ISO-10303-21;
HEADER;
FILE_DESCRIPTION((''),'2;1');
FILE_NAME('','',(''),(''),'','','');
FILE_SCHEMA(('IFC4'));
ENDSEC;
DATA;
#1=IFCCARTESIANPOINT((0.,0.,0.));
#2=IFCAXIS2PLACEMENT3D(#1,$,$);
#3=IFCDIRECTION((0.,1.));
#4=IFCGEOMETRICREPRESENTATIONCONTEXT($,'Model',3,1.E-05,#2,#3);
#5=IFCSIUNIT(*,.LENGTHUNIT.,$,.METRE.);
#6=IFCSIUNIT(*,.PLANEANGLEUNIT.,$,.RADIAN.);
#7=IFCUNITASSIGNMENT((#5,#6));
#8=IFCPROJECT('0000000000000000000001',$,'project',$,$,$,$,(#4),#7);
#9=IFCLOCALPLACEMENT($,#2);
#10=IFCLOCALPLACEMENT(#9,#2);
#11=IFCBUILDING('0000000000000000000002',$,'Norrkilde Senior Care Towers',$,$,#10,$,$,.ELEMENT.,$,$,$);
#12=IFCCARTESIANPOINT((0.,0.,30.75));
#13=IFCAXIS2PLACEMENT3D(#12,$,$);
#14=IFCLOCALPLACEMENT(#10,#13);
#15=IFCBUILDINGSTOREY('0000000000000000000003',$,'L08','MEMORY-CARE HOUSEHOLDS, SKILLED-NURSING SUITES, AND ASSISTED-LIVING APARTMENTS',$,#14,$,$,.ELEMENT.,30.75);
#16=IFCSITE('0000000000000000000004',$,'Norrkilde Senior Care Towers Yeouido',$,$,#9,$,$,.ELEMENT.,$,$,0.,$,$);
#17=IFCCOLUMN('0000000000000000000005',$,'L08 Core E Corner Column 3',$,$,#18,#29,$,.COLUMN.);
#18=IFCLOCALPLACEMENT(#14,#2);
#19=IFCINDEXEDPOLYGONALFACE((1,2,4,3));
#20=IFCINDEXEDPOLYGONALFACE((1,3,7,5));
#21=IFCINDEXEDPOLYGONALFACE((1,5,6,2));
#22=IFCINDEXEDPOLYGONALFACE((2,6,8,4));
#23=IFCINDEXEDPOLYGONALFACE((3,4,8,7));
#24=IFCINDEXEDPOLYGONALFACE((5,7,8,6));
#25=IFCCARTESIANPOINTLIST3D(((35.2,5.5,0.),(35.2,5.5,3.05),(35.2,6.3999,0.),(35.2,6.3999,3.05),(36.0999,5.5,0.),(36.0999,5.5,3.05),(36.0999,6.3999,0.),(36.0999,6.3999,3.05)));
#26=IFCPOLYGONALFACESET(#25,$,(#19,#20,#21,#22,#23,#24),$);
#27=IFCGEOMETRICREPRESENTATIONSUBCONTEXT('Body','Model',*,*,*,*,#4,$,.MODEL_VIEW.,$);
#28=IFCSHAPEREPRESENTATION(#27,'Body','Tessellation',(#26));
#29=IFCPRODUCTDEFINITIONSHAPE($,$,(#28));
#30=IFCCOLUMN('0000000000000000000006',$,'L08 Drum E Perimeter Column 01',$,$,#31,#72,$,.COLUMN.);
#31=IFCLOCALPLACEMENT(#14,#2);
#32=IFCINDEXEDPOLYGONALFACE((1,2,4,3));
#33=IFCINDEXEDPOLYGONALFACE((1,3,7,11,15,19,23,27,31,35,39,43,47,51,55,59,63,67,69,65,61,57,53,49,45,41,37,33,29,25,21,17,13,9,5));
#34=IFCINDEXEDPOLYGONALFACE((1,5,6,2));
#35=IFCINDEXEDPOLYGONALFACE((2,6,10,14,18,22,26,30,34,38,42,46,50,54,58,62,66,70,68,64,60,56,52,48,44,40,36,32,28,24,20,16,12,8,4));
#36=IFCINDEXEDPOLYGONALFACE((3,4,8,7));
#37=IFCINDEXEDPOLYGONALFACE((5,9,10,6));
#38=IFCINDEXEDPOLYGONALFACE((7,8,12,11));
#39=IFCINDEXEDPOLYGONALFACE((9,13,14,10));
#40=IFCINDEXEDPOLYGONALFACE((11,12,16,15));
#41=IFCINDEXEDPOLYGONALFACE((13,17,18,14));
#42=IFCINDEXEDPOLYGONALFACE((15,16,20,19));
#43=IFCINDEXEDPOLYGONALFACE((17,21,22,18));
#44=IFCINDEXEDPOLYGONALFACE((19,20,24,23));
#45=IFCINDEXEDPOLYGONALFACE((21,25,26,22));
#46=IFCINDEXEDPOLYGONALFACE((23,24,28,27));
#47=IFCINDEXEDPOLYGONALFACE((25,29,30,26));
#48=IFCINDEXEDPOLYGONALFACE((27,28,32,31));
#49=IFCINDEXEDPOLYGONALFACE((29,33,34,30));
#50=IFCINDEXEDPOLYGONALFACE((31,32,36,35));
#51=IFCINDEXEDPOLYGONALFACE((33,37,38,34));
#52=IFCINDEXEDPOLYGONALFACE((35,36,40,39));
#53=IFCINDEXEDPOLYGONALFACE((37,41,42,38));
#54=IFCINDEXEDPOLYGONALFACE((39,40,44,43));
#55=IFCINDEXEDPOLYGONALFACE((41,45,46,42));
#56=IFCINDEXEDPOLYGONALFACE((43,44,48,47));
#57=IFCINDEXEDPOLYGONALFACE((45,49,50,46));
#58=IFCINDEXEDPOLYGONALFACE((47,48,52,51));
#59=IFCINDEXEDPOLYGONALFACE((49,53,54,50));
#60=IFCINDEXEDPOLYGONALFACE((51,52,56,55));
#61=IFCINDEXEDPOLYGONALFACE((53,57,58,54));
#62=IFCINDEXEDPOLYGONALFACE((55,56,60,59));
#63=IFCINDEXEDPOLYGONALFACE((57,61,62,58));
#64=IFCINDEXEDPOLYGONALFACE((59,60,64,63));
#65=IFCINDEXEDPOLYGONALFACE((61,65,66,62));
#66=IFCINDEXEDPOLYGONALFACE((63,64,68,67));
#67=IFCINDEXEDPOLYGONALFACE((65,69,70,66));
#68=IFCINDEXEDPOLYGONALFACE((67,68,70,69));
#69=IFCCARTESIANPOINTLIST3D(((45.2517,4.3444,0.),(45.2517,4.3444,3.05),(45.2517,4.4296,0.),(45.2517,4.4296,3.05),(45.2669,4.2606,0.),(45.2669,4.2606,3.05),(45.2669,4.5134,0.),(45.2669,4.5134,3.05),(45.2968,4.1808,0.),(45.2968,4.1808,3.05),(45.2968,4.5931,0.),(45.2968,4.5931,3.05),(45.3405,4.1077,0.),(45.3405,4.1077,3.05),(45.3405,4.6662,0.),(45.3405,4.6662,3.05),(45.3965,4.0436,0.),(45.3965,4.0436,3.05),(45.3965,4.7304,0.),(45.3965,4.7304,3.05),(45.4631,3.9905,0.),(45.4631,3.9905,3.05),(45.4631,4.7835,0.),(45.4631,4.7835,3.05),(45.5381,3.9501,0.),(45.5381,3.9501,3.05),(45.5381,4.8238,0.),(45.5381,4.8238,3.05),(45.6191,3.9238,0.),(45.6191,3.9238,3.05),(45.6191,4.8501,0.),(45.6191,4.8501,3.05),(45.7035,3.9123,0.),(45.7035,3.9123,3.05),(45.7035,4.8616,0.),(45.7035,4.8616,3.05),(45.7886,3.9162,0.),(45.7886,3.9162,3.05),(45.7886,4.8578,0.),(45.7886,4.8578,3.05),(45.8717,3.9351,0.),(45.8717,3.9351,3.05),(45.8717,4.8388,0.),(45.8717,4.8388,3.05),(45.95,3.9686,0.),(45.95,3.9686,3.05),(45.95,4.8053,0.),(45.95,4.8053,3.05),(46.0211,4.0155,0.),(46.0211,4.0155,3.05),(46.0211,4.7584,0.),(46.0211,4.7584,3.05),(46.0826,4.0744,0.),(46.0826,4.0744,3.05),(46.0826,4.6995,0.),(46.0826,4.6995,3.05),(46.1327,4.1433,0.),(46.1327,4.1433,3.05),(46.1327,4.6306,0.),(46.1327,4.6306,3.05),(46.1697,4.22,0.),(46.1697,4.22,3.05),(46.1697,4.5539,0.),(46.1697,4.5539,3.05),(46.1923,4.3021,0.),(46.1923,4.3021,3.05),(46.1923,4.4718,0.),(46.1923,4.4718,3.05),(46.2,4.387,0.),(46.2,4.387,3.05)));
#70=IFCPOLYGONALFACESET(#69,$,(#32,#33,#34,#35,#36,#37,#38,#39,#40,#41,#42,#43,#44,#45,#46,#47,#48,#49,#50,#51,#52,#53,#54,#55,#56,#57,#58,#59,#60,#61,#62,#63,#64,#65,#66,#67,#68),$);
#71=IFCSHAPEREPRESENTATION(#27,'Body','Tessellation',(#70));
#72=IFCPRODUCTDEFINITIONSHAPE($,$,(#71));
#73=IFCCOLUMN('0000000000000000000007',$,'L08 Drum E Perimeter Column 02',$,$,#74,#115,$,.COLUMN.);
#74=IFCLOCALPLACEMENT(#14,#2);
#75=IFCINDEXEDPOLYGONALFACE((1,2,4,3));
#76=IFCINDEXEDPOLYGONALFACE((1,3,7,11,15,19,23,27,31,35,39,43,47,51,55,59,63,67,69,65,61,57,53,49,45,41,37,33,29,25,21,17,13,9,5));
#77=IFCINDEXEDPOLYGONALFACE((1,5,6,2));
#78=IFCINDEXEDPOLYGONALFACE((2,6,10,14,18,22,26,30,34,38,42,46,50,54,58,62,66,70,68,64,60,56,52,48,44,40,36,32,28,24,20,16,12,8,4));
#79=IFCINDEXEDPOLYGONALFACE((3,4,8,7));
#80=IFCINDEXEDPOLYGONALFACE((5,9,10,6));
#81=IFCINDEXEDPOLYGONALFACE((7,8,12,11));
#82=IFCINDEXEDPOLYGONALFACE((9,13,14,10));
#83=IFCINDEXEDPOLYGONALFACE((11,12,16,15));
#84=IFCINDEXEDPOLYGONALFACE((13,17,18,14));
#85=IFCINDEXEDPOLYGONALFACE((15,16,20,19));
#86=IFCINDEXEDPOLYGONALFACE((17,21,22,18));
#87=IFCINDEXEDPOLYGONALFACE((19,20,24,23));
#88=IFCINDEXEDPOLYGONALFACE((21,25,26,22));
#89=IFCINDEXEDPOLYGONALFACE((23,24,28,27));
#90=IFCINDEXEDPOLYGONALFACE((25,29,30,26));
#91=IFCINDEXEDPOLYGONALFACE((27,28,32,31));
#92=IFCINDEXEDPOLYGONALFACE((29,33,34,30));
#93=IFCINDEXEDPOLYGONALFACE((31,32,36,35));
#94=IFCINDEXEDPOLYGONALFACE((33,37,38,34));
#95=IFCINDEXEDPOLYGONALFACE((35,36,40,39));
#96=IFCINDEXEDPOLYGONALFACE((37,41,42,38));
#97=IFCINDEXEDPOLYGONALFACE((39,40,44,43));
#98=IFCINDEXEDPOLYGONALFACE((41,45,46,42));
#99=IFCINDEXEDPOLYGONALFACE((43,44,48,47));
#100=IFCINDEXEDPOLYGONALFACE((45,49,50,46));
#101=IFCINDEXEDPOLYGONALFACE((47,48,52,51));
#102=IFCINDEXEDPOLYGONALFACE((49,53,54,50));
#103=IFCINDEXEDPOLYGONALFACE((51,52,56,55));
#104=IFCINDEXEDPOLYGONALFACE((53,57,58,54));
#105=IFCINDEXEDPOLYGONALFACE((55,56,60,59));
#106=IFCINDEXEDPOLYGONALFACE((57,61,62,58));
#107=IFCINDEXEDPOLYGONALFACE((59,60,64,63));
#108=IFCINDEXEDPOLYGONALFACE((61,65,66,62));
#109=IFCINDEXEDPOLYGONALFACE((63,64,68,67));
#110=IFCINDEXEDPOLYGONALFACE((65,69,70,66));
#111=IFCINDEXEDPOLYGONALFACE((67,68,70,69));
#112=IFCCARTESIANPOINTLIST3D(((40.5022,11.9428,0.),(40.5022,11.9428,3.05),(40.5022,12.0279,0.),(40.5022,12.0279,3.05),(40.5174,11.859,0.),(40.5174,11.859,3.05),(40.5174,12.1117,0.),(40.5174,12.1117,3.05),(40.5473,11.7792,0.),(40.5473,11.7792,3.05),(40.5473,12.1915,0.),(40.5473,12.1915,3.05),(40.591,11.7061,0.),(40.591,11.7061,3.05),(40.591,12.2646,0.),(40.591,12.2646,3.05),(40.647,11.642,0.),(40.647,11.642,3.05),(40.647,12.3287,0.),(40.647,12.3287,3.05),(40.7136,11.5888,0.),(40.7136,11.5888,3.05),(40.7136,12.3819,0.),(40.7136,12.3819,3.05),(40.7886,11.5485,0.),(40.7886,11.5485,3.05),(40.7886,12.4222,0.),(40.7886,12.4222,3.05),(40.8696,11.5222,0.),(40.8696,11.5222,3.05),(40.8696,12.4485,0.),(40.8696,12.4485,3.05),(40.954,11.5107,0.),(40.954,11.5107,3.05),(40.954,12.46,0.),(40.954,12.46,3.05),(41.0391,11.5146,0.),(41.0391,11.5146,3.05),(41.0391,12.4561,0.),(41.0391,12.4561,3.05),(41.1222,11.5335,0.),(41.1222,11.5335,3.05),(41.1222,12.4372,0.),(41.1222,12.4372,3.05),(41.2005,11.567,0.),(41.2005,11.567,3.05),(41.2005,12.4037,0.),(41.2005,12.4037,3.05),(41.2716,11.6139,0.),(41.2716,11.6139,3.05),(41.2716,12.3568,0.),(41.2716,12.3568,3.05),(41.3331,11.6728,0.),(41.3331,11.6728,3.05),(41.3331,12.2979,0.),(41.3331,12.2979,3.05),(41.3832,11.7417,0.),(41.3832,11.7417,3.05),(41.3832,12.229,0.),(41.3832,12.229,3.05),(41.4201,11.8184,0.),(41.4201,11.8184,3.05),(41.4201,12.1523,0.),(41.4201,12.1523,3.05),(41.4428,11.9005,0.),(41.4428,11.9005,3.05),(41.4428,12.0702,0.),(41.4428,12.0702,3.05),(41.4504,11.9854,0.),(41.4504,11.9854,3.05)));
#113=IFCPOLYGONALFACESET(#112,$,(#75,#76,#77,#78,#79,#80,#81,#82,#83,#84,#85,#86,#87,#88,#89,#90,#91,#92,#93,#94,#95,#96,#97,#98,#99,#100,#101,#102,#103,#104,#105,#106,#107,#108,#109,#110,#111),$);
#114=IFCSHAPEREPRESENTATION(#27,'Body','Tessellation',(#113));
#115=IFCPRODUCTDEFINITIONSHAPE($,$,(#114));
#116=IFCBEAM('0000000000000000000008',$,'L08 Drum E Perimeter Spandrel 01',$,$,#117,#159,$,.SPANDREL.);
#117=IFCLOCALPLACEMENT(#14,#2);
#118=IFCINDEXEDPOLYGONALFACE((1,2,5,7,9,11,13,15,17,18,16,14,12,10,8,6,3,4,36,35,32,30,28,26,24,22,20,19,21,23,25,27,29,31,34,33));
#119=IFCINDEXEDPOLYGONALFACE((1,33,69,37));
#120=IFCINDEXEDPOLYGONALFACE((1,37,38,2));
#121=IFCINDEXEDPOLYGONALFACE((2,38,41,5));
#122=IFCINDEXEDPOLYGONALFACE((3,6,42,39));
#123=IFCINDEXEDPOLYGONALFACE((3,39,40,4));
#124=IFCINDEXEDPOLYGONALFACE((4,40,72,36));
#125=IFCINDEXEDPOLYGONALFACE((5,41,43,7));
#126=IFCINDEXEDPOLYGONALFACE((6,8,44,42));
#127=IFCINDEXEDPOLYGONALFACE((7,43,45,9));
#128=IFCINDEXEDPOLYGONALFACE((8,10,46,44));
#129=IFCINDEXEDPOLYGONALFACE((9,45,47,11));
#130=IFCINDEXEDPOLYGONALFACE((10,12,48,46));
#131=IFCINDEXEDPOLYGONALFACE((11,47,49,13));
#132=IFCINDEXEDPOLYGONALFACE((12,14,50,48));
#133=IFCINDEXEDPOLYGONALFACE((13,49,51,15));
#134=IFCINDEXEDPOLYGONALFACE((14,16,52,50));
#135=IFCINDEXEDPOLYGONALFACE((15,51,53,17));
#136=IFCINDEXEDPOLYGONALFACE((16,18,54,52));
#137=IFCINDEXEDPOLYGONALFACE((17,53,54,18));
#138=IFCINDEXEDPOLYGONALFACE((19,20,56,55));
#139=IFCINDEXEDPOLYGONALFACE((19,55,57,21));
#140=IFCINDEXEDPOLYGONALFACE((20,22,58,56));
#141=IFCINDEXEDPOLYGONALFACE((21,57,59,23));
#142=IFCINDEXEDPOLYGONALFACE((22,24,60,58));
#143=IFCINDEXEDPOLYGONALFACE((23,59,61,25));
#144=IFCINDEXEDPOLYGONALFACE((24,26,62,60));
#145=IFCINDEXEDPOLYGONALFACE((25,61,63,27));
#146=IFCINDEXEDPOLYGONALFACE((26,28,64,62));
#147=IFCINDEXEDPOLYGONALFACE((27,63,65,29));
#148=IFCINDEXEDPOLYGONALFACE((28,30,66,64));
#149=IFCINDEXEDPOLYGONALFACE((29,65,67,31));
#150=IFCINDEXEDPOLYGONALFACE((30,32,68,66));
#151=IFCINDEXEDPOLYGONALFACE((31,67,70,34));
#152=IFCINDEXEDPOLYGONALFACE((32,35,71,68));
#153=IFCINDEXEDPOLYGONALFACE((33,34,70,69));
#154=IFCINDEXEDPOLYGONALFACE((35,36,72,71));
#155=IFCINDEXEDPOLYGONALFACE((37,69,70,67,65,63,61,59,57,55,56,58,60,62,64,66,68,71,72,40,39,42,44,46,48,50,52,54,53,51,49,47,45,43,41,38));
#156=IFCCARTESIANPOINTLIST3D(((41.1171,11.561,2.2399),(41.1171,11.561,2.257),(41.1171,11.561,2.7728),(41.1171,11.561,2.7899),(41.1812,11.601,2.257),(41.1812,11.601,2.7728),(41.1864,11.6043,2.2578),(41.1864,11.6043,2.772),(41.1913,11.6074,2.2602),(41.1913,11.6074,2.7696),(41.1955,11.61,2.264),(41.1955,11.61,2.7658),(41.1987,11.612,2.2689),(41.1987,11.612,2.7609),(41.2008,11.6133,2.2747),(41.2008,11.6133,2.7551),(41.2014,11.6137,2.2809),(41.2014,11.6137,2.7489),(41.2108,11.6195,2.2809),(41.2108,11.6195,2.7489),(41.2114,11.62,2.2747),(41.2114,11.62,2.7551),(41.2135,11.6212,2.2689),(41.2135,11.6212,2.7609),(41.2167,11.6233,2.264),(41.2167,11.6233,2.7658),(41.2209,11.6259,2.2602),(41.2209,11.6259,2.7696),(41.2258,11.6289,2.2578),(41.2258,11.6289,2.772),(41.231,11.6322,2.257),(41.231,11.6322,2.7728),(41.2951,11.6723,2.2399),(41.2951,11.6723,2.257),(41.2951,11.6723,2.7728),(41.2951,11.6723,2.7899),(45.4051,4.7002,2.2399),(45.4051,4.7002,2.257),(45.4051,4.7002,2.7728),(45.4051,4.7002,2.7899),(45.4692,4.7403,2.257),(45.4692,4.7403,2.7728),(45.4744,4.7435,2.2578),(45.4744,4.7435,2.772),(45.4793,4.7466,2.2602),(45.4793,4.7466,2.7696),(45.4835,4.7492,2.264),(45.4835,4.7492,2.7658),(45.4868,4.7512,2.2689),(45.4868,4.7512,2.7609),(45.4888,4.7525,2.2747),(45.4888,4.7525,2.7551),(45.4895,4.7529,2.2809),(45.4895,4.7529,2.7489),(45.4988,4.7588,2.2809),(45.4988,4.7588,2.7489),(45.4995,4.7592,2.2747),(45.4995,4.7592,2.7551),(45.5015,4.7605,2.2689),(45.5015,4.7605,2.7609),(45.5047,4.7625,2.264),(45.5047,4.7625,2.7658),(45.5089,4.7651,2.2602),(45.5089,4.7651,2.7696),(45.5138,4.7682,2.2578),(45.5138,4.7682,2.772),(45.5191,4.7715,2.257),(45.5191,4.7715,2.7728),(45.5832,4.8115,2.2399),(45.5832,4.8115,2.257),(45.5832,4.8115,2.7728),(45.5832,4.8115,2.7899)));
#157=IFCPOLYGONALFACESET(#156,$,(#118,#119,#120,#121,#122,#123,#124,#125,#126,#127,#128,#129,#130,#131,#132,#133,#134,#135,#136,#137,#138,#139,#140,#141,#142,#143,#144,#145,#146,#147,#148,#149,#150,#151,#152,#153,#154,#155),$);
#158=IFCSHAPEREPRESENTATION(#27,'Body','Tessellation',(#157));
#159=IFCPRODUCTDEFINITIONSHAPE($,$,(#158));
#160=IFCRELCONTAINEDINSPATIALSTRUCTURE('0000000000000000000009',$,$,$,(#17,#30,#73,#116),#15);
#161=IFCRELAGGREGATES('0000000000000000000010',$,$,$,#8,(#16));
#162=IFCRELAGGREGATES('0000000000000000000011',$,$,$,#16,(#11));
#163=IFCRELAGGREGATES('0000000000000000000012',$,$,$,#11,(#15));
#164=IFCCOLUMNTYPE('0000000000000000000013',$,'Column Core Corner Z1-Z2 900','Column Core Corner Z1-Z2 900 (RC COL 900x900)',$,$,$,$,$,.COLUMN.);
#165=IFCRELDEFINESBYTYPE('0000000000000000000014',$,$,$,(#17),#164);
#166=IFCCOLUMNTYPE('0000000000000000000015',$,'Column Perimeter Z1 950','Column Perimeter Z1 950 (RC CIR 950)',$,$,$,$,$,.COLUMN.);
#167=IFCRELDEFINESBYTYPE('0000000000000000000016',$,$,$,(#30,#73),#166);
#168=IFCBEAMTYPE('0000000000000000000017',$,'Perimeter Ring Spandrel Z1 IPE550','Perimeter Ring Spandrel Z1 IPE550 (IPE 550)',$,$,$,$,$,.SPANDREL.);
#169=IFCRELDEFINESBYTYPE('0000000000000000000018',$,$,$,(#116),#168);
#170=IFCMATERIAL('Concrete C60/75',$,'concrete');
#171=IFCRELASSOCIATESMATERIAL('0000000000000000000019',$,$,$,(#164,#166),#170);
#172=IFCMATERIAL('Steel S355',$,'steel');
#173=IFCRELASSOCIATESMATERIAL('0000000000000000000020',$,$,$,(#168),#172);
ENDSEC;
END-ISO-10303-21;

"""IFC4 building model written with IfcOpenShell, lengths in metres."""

from ifc_helpers import new_model, si_unit, direction, frame, origin, origin_2d, place, context, subcontext, project, spatial, rectangle, circle, i_section, extrude, source, transform, mapped, material, material_profile, profile_set, type_object, type_shapes, element, save


model = new_model("IFC4")

# Units and contexts
model_context = context("Model", 3, precision=1e-05, world=origin(), true_north=direction((0.0, 1.0)))
body_context = subcontext(model_context, "Body", "Model", "MODEL_VIEW")
ifc_project = project(units=[si_unit("LENGTHUNIT", "METRE"), si_unit("PLANEANGLEUNIT", "RADIAN")], contexts=[model_context])

# Site, building, storey
site_placement = place(None, origin())
site = spatial("IfcSite", under=ifc_project, at=site_placement, Name="Norrkilde Senior Care Towers Yeouido", CompositionType="ELEMENT", RefElevation=0.0)
building_placement = place(site_placement, origin())
building = spatial("IfcBuilding", under=site, at=building_placement, Name="Norrkilde Senior Care Towers", CompositionType="ELEMENT")
storey_placement = place(building_placement, frame((0.0, 0.0, 30.75)))
storey = spatial("IfcBuildingStorey", under=building, at=storey_placement, Name="L08", Description="MEMORY-CARE HOUSEHOLDS, SKILLED-NURSING SUITES, AND ASSISTED-LIVING APARTMENTS", CompositionType="ELEMENT", Elevation=30.75)

# Columns
ifc_material_1 = material(Name="Concrete C60/75", Category="concrete")
ifc_material_profile_1 = material_profile(ifc_material_1, rectangle(XDim=0.8999, YDim=0.8999, at=origin_2d()), Name="RC COL 900x900")
ifc_profile_set_1 = profile_set([ifc_material_profile_1], Name="Concrete C60/75")
column_type_1 = type_object("IfcColumnType", Name="Column Core Corner Z1-Z2 900", Description="Column Core Corner Z1-Z2 900 (RC COL 900x900)", PredefinedType="COLUMN", material=ifc_profile_set_1)
shared_shape_1 = source(origin(), body_context, "Body", "SweptSolid", [
    extrude(rectangle(XDim=0.8999, YDim=0.8999, at=origin_2d()), origin(), (0.0, 0.0, 1.0), 3.05),
])
type_shapes(column_type_1, [shared_shape_1])
column_placement = place(storey_placement, frame((35.6499, 5.95, 0.0), z_axis=(0.0, 0.0, 1.0), x_axis=(1.0, 0.0, 0.0)))
element("IfcColumn", 1, at=column_placement, inside=storey, type_object=column_type_1, Name="L08 Core E Corner Column 3", PredefinedType="COLUMN", context=body_context, shape_type="MappedRepresentation", body=[
    mapped(shared_shape_1, transform((0.0, 0.0, 0.0), x_axis=(1.0, 0.0, 0.0), y_axis=(0.0, 1.0, 0.0), z_axis=(0.0, 0.0, 1.0), scale=1.0)),
])
ifc_material_profile_2 = material_profile(ifc_material_1, circle(Radius=0.4751, at=origin_2d()), Name="RC CIR 950")
ifc_profile_set_2 = profile_set([ifc_material_profile_2], Name="Concrete C60/75")
column_type_2 = type_object("IfcColumnType", Name="Column Perimeter Z1 950", Description="Column Perimeter Z1 950 (RC CIR 950)", PredefinedType="COLUMN", material=ifc_profile_set_2)
shared_shape_2 = source(origin(), body_context, "Body", "SweptSolid", [
    extrude(circle(Radius=0.4751, at=origin_2d()), origin(), (0.0, 0.0, 1.0), 3.05),
])
type_shapes(column_type_2, [shared_shape_2])
for number, where, z_axis, x_axis, name in (
    (2, (45.7249, 4.387, 0.0), (0.0, 0.0, 1.0), (1.0, 0.0, 0.0), "L08 Drum E Perimeter Column 01"),
    (3, (40.9753, 11.9854, 0.0), (0.0, 0.0, 1.0), (1.0, 0.0, 0.0), "L08 Drum E Perimeter Column 02"),
):
    element("IfcColumn", number, at=place(storey_placement, frame(where, z_axis=z_axis, x_axis=x_axis)), inside=storey, type_object=column_type_2, Name=name, PredefinedType="COLUMN", context=body_context, shape_type="MappedRepresentation", body=[
        mapped(shared_shape_2, transform((0.0, 0.0, 0.0), x_axis=(1.0, 0.0, 0.0), y_axis=(0.0, 1.0, 0.0), z_axis=(0.0, 0.0, 1.0), scale=1.0)),
    ])

# Beam
ifc_material_2 = material(Name="Steel S355", Category="steel")
ifc_material_profile_3 = material_profile(ifc_material_2, i_section(OverallWidth=0.21, OverallDepth=0.55, WebThickness=0.011, FlangeThickness=0.0171, FilletRadius=0.0239, at=origin_2d()), Name="IPE 550")
ifc_profile_set_3 = profile_set([ifc_material_profile_3], Name="Steel S355")
beam_type_1 = type_object("IfcBeamType", Name="Perimeter Ring Spandrel Z1 IPE550", Description="Perimeter Ring Spandrel Z1 IPE550 (IPE 550)", PredefinedType="SPANDREL", material=ifc_profile_set_3)
shared_shape_3 = source(origin(), body_context, "Body", "SweptSolid", [
    extrude(i_section(OverallWidth=0.21, OverallDepth=0.55, WebThickness=0.011, FlangeThickness=0.0171, FilletRadius=0.0239, at=origin_2d()), origin(), (0.0, 0.0, 1.0), 8.0906),
])
beam_1_placement = place(storey_placement, frame((45.4941, 4.7559, 2.5149), z_axis=(-0.530004, 0.847995, 0.0), x_axis=(-0.847995, -0.530004, 0.0)))
element("IfcBeam", 4, at=beam_1_placement, inside=storey, type_object=beam_type_1, Name="L08 Drum E Perimeter Spandrel 01", PredefinedType="SPANDREL", context=body_context, shape_type="MappedRepresentation", body=[
    mapped(shared_shape_3, transform((0.0, 0.0, 0.0), x_axis=(1.0, 0.0, 0.0), y_axis=(0.0, 1.0, 0.0), z_axis=(0.0, 0.0, 1.0), scale=1.0)),
])

save(model, "model.ifc")
